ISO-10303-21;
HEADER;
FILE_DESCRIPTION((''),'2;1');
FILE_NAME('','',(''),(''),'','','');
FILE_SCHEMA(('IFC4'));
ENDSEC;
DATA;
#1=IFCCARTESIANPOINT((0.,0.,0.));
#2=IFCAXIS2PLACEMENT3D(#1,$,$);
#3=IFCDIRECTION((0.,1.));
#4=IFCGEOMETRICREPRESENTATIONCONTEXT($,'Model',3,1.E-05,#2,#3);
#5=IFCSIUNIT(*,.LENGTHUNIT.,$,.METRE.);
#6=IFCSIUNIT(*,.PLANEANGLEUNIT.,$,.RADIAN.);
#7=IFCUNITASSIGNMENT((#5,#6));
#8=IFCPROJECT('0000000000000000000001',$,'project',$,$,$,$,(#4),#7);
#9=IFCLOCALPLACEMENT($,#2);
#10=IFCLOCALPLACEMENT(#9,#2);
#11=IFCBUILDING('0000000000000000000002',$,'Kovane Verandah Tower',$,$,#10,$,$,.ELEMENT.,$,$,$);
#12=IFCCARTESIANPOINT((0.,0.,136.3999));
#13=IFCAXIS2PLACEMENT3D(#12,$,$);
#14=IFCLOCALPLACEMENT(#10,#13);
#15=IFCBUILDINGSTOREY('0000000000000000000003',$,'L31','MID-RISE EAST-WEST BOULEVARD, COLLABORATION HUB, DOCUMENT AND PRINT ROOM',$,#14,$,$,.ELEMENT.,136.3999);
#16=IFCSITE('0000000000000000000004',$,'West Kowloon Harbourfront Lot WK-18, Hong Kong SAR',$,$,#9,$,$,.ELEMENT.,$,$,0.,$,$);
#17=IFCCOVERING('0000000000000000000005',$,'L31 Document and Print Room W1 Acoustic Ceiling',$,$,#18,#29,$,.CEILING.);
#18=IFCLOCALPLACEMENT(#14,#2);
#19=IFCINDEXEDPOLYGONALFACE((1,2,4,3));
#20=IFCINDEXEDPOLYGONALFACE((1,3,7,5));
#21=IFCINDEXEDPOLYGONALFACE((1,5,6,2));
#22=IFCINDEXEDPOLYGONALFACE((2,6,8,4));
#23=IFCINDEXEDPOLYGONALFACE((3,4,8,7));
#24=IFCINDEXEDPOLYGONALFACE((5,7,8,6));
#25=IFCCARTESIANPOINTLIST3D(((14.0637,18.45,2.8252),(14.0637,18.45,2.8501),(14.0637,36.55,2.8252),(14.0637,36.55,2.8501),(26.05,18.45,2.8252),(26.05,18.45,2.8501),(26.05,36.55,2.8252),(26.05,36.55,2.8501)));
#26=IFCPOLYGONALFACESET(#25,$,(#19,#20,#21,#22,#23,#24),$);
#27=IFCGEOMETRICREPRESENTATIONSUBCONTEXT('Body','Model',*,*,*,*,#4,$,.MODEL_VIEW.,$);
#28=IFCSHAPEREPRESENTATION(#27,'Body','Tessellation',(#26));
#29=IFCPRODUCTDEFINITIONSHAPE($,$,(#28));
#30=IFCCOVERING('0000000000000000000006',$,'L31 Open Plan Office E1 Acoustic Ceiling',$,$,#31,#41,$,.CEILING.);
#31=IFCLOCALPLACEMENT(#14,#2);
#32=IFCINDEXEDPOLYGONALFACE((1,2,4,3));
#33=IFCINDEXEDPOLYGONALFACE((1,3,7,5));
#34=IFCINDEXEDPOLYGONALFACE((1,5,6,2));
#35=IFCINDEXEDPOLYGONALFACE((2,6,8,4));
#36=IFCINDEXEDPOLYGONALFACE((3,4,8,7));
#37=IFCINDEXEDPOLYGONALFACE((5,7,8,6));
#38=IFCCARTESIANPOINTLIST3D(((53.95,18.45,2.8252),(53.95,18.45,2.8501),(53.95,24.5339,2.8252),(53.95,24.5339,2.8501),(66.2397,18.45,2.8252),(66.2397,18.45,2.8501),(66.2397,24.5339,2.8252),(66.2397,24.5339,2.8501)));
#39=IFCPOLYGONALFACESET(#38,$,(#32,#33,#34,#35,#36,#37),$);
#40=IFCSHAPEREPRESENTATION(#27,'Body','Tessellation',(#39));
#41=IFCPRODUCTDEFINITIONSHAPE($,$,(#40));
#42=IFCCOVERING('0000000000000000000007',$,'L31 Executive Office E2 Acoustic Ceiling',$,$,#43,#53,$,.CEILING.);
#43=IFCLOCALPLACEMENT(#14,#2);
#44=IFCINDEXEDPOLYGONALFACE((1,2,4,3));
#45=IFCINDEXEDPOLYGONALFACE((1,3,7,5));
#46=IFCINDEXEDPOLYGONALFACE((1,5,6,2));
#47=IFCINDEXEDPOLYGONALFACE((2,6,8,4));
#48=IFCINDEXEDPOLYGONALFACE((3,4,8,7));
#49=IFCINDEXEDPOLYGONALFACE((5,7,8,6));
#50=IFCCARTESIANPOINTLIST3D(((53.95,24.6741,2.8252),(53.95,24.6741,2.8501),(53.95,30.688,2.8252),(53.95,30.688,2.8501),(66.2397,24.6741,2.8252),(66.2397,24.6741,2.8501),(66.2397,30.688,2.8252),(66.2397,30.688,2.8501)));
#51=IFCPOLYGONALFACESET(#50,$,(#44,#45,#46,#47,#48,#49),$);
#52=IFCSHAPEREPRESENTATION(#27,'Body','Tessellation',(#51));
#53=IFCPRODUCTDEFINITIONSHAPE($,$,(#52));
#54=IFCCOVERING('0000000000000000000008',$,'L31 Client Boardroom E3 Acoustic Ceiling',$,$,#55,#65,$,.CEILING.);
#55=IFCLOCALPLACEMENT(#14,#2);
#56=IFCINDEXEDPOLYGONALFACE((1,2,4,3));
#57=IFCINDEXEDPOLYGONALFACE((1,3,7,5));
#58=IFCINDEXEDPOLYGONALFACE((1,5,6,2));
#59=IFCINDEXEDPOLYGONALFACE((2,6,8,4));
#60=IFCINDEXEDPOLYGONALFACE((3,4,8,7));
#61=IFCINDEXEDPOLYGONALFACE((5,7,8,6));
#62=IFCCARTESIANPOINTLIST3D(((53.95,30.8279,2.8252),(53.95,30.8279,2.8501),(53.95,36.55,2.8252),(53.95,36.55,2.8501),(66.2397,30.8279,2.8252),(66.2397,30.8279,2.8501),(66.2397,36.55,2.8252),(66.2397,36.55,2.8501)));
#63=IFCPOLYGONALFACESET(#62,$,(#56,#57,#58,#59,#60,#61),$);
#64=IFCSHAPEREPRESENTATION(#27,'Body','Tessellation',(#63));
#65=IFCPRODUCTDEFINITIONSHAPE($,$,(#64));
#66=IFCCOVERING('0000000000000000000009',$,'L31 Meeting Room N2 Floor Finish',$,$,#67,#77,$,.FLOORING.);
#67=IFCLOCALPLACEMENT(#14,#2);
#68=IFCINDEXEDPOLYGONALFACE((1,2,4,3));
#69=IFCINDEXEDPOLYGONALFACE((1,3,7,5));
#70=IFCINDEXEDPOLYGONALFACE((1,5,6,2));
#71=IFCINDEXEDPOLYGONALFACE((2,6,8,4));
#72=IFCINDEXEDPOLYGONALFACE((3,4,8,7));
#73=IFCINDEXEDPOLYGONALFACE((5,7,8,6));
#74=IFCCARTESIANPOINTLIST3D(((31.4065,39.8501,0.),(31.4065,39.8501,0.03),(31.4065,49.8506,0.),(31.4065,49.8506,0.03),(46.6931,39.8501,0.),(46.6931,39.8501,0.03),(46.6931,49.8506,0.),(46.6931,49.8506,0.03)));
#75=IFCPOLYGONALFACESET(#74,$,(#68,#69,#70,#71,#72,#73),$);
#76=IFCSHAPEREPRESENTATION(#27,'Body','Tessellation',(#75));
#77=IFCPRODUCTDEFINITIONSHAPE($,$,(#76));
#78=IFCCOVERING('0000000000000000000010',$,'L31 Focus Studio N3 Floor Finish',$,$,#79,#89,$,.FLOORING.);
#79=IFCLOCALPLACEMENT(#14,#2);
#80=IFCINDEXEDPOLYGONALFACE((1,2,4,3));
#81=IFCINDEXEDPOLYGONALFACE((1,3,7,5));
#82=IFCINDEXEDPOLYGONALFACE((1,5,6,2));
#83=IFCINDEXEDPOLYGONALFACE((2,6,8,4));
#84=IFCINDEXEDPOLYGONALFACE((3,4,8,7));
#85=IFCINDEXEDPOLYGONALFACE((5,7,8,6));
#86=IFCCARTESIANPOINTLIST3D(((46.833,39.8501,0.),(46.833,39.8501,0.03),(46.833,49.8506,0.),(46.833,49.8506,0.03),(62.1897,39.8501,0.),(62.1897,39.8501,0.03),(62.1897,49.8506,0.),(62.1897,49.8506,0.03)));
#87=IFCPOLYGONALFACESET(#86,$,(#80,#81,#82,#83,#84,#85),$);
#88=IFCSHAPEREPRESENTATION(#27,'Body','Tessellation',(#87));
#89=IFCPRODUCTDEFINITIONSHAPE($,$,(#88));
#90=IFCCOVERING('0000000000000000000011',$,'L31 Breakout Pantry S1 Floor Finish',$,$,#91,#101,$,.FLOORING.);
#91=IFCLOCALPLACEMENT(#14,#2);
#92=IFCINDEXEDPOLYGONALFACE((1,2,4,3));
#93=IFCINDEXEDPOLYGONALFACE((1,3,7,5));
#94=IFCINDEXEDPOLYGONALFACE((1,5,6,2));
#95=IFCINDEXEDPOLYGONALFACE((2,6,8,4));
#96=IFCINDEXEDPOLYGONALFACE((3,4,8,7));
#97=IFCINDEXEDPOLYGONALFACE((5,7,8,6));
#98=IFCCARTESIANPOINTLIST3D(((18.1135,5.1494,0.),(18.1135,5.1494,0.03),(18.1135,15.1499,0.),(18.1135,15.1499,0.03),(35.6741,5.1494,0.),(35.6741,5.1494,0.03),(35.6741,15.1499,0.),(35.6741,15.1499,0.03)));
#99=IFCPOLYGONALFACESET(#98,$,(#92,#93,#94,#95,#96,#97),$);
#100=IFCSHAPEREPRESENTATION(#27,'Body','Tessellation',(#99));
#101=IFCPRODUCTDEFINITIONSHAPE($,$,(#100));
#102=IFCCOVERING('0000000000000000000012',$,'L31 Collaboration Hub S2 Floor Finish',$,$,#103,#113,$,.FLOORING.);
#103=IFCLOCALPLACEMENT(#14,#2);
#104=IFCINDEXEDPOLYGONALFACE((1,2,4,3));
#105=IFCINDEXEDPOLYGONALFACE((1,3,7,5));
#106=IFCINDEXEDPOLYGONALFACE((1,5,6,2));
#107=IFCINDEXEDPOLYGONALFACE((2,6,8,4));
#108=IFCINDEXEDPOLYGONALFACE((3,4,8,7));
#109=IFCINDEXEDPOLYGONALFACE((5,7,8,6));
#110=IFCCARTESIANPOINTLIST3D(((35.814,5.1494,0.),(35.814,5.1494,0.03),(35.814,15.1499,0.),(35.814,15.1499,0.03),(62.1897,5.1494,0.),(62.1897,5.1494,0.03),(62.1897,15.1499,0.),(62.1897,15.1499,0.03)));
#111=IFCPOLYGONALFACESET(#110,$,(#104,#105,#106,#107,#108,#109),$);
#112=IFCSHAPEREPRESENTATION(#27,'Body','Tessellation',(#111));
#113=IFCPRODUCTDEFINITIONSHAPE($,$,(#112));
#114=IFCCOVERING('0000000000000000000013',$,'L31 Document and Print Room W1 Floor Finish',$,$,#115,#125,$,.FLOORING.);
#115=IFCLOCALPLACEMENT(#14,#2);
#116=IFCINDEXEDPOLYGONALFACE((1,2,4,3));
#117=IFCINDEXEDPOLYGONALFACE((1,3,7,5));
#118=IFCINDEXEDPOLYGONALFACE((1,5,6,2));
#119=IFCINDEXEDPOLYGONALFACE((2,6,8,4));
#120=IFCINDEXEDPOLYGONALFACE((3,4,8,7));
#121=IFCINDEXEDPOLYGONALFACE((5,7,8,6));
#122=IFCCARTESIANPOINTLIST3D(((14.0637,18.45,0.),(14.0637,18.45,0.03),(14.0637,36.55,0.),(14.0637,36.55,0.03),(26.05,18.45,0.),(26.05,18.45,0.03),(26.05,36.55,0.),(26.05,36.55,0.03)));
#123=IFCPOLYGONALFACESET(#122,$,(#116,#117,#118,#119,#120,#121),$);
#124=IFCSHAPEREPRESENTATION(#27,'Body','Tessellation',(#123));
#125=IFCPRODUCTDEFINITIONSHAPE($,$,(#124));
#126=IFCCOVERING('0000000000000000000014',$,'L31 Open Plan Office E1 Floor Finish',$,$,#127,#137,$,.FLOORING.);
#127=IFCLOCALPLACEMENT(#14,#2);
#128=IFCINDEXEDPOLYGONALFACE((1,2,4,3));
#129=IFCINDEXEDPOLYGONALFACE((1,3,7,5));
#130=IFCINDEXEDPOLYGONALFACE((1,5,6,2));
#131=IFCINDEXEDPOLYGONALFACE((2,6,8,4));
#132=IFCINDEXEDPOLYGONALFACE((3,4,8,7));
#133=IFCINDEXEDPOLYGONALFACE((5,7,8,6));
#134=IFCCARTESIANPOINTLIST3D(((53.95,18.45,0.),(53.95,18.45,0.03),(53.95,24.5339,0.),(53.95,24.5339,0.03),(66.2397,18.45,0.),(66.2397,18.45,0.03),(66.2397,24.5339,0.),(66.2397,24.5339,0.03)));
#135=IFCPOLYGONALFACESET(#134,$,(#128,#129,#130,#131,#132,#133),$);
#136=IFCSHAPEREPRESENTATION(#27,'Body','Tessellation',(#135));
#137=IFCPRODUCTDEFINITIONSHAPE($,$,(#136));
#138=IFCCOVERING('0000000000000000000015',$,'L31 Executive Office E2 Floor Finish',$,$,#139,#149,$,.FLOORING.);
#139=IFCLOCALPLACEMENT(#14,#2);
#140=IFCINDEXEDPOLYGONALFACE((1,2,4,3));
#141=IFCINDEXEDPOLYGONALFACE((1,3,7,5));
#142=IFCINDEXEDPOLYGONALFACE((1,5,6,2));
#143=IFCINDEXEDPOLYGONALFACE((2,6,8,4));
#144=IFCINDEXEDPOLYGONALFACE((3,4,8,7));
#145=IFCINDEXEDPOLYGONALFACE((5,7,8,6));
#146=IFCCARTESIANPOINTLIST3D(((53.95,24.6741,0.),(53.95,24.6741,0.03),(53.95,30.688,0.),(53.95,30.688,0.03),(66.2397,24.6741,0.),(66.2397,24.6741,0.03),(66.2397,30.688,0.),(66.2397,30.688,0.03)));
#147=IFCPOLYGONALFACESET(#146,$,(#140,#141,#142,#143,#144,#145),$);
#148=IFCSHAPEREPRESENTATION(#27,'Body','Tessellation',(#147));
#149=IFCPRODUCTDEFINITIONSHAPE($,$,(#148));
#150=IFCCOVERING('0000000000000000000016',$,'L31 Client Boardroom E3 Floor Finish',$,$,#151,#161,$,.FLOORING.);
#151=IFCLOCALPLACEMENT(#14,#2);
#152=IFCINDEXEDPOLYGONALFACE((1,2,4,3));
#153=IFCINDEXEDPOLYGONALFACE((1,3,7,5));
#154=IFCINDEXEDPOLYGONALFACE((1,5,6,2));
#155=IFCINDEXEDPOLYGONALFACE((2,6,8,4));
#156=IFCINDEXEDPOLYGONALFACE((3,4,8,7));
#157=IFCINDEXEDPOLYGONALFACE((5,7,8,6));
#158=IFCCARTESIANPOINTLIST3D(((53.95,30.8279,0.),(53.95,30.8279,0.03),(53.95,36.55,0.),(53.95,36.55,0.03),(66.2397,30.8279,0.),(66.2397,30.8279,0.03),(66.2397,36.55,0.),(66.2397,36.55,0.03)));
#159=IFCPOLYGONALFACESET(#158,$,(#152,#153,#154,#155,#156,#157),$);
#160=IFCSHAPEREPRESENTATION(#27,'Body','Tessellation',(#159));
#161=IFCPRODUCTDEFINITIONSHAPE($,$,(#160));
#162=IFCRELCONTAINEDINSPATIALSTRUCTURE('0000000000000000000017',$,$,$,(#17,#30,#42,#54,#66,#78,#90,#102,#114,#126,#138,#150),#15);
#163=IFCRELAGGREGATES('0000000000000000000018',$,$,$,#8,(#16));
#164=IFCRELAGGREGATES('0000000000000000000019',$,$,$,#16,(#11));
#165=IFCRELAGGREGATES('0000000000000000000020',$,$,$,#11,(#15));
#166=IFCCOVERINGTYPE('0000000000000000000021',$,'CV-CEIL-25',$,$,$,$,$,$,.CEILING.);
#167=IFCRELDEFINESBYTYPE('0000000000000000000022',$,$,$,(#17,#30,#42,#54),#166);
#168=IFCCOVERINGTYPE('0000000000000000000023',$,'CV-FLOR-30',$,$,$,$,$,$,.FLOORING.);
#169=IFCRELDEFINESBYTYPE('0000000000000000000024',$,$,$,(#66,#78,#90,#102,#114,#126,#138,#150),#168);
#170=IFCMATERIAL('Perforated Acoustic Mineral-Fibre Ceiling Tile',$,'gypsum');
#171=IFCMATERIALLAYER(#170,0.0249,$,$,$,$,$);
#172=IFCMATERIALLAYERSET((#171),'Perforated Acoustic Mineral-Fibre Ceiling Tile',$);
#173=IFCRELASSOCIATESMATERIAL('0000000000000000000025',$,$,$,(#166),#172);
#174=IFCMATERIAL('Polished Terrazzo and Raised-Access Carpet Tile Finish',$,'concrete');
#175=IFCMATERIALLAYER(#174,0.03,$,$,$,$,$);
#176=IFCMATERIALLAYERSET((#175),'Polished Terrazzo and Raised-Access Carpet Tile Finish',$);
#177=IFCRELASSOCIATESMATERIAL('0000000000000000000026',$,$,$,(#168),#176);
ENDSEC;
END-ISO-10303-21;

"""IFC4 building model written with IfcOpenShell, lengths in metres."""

from ifc_helpers import new_model, si_unit, direction, frame, origin, place, context, subcontext, project, spatial, polyline, outline, extrude, material, layer, layer_set, type_object, element, save


model = new_model("IFC4")

# Units and contexts
model_context = context("Model", 3, precision=1e-05, world=origin(), true_north=direction((0.0, 1.0)))
body_context = subcontext(model_context, "Body", "Model", "MODEL_VIEW")
ifc_project = project(units=[si_unit("LENGTHUNIT", "METRE"), si_unit("PLANEANGLEUNIT", "RADIAN")], contexts=[model_context])

# Site, building, storey
site_placement = place(None, origin())
site = spatial("IfcSite", under=ifc_project, at=site_placement, Name="West Kowloon Harbourfront Lot WK-18, Hong Kong SAR", CompositionType="ELEMENT", RefElevation=0.0)
building_placement = place(site_placement, origin())
building = spatial("IfcBuilding", under=site, at=building_placement, Name="Kovane Verandah Tower", CompositionType="ELEMENT")
storey_placement = place(building_placement, frame((0.0, 0.0, 136.3999)))
storey = spatial("IfcBuildingStorey", under=building, at=storey_placement, Name="L31", Description="MID-RISE EAST-WEST BOULEVARD, COLLABORATION HUB, DOCUMENT AND PRINT ROOM", CompositionType="ELEMENT", Elevation=136.3999)

# Coverings
ifc_material_1 = material(Name="Perforated Acoustic Mineral-Fibre Ceiling Tile", Category="gypsum")
ifc_layer_1 = layer(ifc_material_1, 0.0249)
ifc_layer_set_1 = layer_set([ifc_layer_1], Name="Perforated Acoustic Mineral-Fibre Ceiling Tile")
covering_type_1 = type_object("IfcCoveringType", Name="CV-CEIL-25", PredefinedType="CEILING", material=ifc_layer_set_1)
covering_1_placement = place(storey_placement, frame((0.0, 0.0, 2.8252)))
element("IfcCovering", 1, at=covering_1_placement, inside=storey, type_object=covering_type_1, Name="L31 Document and Print Room W1 Acoustic Ceiling", PredefinedType="CEILING", context=body_context, shape_type="SweptSolid", body=[
    extrude(outline(polyline([(14.0637, 18.45), (26.05, 18.45), (26.05, 36.55), (14.0637, 36.55), (14.0637, 18.45)])), origin(), (0.0, 0.0, 1.0), 0.0249),
])
covering_2_placement = place(storey_placement, frame((0.0, 0.0, 2.8252)))
element("IfcCovering", 2, at=covering_2_placement, inside=storey, type_object=covering_type_1, Name="L31 Open Plan Office E1 Acoustic Ceiling", PredefinedType="CEILING", context=body_context, shape_type="SweptSolid", body=[
    extrude(outline(polyline([(53.95, 18.45), (66.2397, 18.45), (66.2397, 24.5339), (53.95, 24.5339), (53.95, 18.45)])), origin(), (0.0, 0.0, 1.0), 0.0249),
])
covering_3_placement = place(storey_placement, frame((0.0, 0.0, 2.8252)))
element("IfcCovering", 3, at=covering_3_placement, inside=storey, type_object=covering_type_1, Name="L31 Executive Office E2 Acoustic Ceiling", PredefinedType="CEILING", context=body_context, shape_type="SweptSolid", body=[
    extrude(outline(polyline([(53.95, 24.6741), (66.2397, 24.6741), (66.2397, 30.688), (53.95, 30.688), (53.95, 24.6741)])), origin(), (0.0, 0.0, 1.0), 0.0249),
])
covering_4_placement = place(storey_placement, frame((0.0, 0.0, 2.8252)))
element("IfcCovering", 4, at=covering_4_placement, inside=storey, type_object=covering_type_1, Name="L31 Client Boardroom E3 Acoustic Ceiling", PredefinedType="CEILING", context=body_context, shape_type="SweptSolid", body=[
    extrude(outline(polyline([(53.95, 30.8279), (66.2397, 30.8279), (66.2397, 36.55), (53.95, 36.55), (53.95, 30.8279)])), origin(), (0.0, 0.0, 1.0), 0.0249),
])
ifc_material_2 = material(Name="Polished Terrazzo and Raised-Access Carpet Tile Finish", Category="concrete")
ifc_layer_2 = layer(ifc_material_2, 0.03)
ifc_layer_set_2 = layer_set([ifc_layer_2], Name="Polished Terrazzo and Raised-Access Carpet Tile Finish")
covering_type_2 = type_object("IfcCoveringType", Name="CV-FLOR-30", PredefinedType="FLOORING", material=ifc_layer_set_2)
covering_5_placement = place(storey_placement, origin())
element("IfcCovering", 5, at=covering_5_placement, inside=storey, type_object=covering_type_2, Name="L31 Meeting Room N2 Floor Finish", PredefinedType="FLOORING", context=body_context, shape_type="SweptSolid", body=[
    extrude(outline(polyline([(31.4065, 39.8501), (46.6931, 39.8501), (46.6931, 49.8506), (31.4065, 49.8506), (31.4065, 39.8501)])), origin(), (0.0, 0.0, 1.0), 0.03),
])
covering_6_placement = place(storey_placement, origin())
element("IfcCovering", 6, at=covering_6_placement, inside=storey, type_object=covering_type_2, Name="L31 Focus Studio N3 Floor Finish", PredefinedType="FLOORING", context=body_context, shape_type="SweptSolid", body=[
    extrude(outline(polyline([(46.833, 39.8501), (62.1897, 39.8501), (62.1897, 49.8506), (46.833, 49.8506), (46.833, 39.8501)])), origin(), (0.0, 0.0, 1.0), 0.03),
])
covering_7_placement = place(storey_placement, origin())
element("IfcCovering", 7, at=covering_7_placement, inside=storey, type_object=covering_type_2, Name="L31 Breakout Pantry S1 Floor Finish", PredefinedType="FLOORING", context=body_context, shape_type="SweptSolid", body=[
    extrude(outline(polyline([(18.1135, 5.1494), (35.6741, 5.1494), (35.6741, 15.1499), (18.1135, 15.1499), (18.1135, 5.1494)])), origin(), (0.0, 0.0, 1.0), 0.03),
])
covering_8_placement = place(storey_placement, origin())
element("IfcCovering", 8, at=covering_8_placement, inside=storey, type_object=covering_type_2, Name="L31 Collaboration Hub S2 Floor Finish", PredefinedType="FLOORING", context=body_context, shape_type="SweptSolid", body=[
    extrude(outline(polyline([(35.814, 5.1494), (62.1897, 5.1494), (62.1897, 15.1499), (35.814, 15.1499), (35.814, 5.1494)])), origin(), (0.0, 0.0, 1.0), 0.03),
])
covering_9_placement = place(storey_placement, origin())
element("IfcCovering", 9, at=covering_9_placement, inside=storey, type_object=covering_type_2, Name="L31 Document and Print Room W1 Floor Finish", PredefinedType="FLOORING", context=body_context, shape_type="SweptSolid", body=[
    extrude(outline(polyline([(14.0637, 18.45), (26.05, 18.45), (26.05, 36.55), (14.0637, 36.55), (14.0637, 18.45)])), origin(), (0.0, 0.0, 1.0), 0.03),
])
covering_10_placement = place(storey_placement, origin())
element("IfcCovering", 10, at=covering_10_placement, inside=storey, type_object=covering_type_2, Name="L31 Open Plan Office E1 Floor Finish", PredefinedType="FLOORING", context=body_context, shape_type="SweptSolid", body=[
    extrude(outline(polyline([(53.95, 18.45), (66.2397, 18.45), (66.2397, 24.5339), (53.95, 24.5339), (53.95, 18.45)])), origin(), (0.0, 0.0, 1.0), 0.03),
])
covering_11_placement = place(storey_placement, origin())
element("IfcCovering", 11, at=covering_11_placement, inside=storey, type_object=covering_type_2, Name="L31 Executive Office E2 Floor Finish", PredefinedType="FLOORING", context=body_context, shape_type="SweptSolid", body=[
    extrude(outline(polyline([(53.95, 24.6741), (66.2397, 24.6741), (66.2397, 30.688), (53.95, 30.688), (53.95, 24.6741)])), origin(), (0.0, 0.0, 1.0), 0.03),
])
covering_12_placement = place(storey_placement, origin())
element("IfcCovering", 12, at=covering_12_placement, inside=storey, type_object=covering_type_2, Name="L31 Client Boardroom E3 Floor Finish", PredefinedType="FLOORING", context=body_context, shape_type="SweptSolid", body=[
    extrude(outline(polyline([(53.95, 30.8279), (66.2397, 30.8279), (66.2397, 36.55), (53.95, 36.55), (53.95, 30.8279)])), origin(), (0.0, 0.0, 1.0), 0.03),
])

save(model, "model.ifc")
